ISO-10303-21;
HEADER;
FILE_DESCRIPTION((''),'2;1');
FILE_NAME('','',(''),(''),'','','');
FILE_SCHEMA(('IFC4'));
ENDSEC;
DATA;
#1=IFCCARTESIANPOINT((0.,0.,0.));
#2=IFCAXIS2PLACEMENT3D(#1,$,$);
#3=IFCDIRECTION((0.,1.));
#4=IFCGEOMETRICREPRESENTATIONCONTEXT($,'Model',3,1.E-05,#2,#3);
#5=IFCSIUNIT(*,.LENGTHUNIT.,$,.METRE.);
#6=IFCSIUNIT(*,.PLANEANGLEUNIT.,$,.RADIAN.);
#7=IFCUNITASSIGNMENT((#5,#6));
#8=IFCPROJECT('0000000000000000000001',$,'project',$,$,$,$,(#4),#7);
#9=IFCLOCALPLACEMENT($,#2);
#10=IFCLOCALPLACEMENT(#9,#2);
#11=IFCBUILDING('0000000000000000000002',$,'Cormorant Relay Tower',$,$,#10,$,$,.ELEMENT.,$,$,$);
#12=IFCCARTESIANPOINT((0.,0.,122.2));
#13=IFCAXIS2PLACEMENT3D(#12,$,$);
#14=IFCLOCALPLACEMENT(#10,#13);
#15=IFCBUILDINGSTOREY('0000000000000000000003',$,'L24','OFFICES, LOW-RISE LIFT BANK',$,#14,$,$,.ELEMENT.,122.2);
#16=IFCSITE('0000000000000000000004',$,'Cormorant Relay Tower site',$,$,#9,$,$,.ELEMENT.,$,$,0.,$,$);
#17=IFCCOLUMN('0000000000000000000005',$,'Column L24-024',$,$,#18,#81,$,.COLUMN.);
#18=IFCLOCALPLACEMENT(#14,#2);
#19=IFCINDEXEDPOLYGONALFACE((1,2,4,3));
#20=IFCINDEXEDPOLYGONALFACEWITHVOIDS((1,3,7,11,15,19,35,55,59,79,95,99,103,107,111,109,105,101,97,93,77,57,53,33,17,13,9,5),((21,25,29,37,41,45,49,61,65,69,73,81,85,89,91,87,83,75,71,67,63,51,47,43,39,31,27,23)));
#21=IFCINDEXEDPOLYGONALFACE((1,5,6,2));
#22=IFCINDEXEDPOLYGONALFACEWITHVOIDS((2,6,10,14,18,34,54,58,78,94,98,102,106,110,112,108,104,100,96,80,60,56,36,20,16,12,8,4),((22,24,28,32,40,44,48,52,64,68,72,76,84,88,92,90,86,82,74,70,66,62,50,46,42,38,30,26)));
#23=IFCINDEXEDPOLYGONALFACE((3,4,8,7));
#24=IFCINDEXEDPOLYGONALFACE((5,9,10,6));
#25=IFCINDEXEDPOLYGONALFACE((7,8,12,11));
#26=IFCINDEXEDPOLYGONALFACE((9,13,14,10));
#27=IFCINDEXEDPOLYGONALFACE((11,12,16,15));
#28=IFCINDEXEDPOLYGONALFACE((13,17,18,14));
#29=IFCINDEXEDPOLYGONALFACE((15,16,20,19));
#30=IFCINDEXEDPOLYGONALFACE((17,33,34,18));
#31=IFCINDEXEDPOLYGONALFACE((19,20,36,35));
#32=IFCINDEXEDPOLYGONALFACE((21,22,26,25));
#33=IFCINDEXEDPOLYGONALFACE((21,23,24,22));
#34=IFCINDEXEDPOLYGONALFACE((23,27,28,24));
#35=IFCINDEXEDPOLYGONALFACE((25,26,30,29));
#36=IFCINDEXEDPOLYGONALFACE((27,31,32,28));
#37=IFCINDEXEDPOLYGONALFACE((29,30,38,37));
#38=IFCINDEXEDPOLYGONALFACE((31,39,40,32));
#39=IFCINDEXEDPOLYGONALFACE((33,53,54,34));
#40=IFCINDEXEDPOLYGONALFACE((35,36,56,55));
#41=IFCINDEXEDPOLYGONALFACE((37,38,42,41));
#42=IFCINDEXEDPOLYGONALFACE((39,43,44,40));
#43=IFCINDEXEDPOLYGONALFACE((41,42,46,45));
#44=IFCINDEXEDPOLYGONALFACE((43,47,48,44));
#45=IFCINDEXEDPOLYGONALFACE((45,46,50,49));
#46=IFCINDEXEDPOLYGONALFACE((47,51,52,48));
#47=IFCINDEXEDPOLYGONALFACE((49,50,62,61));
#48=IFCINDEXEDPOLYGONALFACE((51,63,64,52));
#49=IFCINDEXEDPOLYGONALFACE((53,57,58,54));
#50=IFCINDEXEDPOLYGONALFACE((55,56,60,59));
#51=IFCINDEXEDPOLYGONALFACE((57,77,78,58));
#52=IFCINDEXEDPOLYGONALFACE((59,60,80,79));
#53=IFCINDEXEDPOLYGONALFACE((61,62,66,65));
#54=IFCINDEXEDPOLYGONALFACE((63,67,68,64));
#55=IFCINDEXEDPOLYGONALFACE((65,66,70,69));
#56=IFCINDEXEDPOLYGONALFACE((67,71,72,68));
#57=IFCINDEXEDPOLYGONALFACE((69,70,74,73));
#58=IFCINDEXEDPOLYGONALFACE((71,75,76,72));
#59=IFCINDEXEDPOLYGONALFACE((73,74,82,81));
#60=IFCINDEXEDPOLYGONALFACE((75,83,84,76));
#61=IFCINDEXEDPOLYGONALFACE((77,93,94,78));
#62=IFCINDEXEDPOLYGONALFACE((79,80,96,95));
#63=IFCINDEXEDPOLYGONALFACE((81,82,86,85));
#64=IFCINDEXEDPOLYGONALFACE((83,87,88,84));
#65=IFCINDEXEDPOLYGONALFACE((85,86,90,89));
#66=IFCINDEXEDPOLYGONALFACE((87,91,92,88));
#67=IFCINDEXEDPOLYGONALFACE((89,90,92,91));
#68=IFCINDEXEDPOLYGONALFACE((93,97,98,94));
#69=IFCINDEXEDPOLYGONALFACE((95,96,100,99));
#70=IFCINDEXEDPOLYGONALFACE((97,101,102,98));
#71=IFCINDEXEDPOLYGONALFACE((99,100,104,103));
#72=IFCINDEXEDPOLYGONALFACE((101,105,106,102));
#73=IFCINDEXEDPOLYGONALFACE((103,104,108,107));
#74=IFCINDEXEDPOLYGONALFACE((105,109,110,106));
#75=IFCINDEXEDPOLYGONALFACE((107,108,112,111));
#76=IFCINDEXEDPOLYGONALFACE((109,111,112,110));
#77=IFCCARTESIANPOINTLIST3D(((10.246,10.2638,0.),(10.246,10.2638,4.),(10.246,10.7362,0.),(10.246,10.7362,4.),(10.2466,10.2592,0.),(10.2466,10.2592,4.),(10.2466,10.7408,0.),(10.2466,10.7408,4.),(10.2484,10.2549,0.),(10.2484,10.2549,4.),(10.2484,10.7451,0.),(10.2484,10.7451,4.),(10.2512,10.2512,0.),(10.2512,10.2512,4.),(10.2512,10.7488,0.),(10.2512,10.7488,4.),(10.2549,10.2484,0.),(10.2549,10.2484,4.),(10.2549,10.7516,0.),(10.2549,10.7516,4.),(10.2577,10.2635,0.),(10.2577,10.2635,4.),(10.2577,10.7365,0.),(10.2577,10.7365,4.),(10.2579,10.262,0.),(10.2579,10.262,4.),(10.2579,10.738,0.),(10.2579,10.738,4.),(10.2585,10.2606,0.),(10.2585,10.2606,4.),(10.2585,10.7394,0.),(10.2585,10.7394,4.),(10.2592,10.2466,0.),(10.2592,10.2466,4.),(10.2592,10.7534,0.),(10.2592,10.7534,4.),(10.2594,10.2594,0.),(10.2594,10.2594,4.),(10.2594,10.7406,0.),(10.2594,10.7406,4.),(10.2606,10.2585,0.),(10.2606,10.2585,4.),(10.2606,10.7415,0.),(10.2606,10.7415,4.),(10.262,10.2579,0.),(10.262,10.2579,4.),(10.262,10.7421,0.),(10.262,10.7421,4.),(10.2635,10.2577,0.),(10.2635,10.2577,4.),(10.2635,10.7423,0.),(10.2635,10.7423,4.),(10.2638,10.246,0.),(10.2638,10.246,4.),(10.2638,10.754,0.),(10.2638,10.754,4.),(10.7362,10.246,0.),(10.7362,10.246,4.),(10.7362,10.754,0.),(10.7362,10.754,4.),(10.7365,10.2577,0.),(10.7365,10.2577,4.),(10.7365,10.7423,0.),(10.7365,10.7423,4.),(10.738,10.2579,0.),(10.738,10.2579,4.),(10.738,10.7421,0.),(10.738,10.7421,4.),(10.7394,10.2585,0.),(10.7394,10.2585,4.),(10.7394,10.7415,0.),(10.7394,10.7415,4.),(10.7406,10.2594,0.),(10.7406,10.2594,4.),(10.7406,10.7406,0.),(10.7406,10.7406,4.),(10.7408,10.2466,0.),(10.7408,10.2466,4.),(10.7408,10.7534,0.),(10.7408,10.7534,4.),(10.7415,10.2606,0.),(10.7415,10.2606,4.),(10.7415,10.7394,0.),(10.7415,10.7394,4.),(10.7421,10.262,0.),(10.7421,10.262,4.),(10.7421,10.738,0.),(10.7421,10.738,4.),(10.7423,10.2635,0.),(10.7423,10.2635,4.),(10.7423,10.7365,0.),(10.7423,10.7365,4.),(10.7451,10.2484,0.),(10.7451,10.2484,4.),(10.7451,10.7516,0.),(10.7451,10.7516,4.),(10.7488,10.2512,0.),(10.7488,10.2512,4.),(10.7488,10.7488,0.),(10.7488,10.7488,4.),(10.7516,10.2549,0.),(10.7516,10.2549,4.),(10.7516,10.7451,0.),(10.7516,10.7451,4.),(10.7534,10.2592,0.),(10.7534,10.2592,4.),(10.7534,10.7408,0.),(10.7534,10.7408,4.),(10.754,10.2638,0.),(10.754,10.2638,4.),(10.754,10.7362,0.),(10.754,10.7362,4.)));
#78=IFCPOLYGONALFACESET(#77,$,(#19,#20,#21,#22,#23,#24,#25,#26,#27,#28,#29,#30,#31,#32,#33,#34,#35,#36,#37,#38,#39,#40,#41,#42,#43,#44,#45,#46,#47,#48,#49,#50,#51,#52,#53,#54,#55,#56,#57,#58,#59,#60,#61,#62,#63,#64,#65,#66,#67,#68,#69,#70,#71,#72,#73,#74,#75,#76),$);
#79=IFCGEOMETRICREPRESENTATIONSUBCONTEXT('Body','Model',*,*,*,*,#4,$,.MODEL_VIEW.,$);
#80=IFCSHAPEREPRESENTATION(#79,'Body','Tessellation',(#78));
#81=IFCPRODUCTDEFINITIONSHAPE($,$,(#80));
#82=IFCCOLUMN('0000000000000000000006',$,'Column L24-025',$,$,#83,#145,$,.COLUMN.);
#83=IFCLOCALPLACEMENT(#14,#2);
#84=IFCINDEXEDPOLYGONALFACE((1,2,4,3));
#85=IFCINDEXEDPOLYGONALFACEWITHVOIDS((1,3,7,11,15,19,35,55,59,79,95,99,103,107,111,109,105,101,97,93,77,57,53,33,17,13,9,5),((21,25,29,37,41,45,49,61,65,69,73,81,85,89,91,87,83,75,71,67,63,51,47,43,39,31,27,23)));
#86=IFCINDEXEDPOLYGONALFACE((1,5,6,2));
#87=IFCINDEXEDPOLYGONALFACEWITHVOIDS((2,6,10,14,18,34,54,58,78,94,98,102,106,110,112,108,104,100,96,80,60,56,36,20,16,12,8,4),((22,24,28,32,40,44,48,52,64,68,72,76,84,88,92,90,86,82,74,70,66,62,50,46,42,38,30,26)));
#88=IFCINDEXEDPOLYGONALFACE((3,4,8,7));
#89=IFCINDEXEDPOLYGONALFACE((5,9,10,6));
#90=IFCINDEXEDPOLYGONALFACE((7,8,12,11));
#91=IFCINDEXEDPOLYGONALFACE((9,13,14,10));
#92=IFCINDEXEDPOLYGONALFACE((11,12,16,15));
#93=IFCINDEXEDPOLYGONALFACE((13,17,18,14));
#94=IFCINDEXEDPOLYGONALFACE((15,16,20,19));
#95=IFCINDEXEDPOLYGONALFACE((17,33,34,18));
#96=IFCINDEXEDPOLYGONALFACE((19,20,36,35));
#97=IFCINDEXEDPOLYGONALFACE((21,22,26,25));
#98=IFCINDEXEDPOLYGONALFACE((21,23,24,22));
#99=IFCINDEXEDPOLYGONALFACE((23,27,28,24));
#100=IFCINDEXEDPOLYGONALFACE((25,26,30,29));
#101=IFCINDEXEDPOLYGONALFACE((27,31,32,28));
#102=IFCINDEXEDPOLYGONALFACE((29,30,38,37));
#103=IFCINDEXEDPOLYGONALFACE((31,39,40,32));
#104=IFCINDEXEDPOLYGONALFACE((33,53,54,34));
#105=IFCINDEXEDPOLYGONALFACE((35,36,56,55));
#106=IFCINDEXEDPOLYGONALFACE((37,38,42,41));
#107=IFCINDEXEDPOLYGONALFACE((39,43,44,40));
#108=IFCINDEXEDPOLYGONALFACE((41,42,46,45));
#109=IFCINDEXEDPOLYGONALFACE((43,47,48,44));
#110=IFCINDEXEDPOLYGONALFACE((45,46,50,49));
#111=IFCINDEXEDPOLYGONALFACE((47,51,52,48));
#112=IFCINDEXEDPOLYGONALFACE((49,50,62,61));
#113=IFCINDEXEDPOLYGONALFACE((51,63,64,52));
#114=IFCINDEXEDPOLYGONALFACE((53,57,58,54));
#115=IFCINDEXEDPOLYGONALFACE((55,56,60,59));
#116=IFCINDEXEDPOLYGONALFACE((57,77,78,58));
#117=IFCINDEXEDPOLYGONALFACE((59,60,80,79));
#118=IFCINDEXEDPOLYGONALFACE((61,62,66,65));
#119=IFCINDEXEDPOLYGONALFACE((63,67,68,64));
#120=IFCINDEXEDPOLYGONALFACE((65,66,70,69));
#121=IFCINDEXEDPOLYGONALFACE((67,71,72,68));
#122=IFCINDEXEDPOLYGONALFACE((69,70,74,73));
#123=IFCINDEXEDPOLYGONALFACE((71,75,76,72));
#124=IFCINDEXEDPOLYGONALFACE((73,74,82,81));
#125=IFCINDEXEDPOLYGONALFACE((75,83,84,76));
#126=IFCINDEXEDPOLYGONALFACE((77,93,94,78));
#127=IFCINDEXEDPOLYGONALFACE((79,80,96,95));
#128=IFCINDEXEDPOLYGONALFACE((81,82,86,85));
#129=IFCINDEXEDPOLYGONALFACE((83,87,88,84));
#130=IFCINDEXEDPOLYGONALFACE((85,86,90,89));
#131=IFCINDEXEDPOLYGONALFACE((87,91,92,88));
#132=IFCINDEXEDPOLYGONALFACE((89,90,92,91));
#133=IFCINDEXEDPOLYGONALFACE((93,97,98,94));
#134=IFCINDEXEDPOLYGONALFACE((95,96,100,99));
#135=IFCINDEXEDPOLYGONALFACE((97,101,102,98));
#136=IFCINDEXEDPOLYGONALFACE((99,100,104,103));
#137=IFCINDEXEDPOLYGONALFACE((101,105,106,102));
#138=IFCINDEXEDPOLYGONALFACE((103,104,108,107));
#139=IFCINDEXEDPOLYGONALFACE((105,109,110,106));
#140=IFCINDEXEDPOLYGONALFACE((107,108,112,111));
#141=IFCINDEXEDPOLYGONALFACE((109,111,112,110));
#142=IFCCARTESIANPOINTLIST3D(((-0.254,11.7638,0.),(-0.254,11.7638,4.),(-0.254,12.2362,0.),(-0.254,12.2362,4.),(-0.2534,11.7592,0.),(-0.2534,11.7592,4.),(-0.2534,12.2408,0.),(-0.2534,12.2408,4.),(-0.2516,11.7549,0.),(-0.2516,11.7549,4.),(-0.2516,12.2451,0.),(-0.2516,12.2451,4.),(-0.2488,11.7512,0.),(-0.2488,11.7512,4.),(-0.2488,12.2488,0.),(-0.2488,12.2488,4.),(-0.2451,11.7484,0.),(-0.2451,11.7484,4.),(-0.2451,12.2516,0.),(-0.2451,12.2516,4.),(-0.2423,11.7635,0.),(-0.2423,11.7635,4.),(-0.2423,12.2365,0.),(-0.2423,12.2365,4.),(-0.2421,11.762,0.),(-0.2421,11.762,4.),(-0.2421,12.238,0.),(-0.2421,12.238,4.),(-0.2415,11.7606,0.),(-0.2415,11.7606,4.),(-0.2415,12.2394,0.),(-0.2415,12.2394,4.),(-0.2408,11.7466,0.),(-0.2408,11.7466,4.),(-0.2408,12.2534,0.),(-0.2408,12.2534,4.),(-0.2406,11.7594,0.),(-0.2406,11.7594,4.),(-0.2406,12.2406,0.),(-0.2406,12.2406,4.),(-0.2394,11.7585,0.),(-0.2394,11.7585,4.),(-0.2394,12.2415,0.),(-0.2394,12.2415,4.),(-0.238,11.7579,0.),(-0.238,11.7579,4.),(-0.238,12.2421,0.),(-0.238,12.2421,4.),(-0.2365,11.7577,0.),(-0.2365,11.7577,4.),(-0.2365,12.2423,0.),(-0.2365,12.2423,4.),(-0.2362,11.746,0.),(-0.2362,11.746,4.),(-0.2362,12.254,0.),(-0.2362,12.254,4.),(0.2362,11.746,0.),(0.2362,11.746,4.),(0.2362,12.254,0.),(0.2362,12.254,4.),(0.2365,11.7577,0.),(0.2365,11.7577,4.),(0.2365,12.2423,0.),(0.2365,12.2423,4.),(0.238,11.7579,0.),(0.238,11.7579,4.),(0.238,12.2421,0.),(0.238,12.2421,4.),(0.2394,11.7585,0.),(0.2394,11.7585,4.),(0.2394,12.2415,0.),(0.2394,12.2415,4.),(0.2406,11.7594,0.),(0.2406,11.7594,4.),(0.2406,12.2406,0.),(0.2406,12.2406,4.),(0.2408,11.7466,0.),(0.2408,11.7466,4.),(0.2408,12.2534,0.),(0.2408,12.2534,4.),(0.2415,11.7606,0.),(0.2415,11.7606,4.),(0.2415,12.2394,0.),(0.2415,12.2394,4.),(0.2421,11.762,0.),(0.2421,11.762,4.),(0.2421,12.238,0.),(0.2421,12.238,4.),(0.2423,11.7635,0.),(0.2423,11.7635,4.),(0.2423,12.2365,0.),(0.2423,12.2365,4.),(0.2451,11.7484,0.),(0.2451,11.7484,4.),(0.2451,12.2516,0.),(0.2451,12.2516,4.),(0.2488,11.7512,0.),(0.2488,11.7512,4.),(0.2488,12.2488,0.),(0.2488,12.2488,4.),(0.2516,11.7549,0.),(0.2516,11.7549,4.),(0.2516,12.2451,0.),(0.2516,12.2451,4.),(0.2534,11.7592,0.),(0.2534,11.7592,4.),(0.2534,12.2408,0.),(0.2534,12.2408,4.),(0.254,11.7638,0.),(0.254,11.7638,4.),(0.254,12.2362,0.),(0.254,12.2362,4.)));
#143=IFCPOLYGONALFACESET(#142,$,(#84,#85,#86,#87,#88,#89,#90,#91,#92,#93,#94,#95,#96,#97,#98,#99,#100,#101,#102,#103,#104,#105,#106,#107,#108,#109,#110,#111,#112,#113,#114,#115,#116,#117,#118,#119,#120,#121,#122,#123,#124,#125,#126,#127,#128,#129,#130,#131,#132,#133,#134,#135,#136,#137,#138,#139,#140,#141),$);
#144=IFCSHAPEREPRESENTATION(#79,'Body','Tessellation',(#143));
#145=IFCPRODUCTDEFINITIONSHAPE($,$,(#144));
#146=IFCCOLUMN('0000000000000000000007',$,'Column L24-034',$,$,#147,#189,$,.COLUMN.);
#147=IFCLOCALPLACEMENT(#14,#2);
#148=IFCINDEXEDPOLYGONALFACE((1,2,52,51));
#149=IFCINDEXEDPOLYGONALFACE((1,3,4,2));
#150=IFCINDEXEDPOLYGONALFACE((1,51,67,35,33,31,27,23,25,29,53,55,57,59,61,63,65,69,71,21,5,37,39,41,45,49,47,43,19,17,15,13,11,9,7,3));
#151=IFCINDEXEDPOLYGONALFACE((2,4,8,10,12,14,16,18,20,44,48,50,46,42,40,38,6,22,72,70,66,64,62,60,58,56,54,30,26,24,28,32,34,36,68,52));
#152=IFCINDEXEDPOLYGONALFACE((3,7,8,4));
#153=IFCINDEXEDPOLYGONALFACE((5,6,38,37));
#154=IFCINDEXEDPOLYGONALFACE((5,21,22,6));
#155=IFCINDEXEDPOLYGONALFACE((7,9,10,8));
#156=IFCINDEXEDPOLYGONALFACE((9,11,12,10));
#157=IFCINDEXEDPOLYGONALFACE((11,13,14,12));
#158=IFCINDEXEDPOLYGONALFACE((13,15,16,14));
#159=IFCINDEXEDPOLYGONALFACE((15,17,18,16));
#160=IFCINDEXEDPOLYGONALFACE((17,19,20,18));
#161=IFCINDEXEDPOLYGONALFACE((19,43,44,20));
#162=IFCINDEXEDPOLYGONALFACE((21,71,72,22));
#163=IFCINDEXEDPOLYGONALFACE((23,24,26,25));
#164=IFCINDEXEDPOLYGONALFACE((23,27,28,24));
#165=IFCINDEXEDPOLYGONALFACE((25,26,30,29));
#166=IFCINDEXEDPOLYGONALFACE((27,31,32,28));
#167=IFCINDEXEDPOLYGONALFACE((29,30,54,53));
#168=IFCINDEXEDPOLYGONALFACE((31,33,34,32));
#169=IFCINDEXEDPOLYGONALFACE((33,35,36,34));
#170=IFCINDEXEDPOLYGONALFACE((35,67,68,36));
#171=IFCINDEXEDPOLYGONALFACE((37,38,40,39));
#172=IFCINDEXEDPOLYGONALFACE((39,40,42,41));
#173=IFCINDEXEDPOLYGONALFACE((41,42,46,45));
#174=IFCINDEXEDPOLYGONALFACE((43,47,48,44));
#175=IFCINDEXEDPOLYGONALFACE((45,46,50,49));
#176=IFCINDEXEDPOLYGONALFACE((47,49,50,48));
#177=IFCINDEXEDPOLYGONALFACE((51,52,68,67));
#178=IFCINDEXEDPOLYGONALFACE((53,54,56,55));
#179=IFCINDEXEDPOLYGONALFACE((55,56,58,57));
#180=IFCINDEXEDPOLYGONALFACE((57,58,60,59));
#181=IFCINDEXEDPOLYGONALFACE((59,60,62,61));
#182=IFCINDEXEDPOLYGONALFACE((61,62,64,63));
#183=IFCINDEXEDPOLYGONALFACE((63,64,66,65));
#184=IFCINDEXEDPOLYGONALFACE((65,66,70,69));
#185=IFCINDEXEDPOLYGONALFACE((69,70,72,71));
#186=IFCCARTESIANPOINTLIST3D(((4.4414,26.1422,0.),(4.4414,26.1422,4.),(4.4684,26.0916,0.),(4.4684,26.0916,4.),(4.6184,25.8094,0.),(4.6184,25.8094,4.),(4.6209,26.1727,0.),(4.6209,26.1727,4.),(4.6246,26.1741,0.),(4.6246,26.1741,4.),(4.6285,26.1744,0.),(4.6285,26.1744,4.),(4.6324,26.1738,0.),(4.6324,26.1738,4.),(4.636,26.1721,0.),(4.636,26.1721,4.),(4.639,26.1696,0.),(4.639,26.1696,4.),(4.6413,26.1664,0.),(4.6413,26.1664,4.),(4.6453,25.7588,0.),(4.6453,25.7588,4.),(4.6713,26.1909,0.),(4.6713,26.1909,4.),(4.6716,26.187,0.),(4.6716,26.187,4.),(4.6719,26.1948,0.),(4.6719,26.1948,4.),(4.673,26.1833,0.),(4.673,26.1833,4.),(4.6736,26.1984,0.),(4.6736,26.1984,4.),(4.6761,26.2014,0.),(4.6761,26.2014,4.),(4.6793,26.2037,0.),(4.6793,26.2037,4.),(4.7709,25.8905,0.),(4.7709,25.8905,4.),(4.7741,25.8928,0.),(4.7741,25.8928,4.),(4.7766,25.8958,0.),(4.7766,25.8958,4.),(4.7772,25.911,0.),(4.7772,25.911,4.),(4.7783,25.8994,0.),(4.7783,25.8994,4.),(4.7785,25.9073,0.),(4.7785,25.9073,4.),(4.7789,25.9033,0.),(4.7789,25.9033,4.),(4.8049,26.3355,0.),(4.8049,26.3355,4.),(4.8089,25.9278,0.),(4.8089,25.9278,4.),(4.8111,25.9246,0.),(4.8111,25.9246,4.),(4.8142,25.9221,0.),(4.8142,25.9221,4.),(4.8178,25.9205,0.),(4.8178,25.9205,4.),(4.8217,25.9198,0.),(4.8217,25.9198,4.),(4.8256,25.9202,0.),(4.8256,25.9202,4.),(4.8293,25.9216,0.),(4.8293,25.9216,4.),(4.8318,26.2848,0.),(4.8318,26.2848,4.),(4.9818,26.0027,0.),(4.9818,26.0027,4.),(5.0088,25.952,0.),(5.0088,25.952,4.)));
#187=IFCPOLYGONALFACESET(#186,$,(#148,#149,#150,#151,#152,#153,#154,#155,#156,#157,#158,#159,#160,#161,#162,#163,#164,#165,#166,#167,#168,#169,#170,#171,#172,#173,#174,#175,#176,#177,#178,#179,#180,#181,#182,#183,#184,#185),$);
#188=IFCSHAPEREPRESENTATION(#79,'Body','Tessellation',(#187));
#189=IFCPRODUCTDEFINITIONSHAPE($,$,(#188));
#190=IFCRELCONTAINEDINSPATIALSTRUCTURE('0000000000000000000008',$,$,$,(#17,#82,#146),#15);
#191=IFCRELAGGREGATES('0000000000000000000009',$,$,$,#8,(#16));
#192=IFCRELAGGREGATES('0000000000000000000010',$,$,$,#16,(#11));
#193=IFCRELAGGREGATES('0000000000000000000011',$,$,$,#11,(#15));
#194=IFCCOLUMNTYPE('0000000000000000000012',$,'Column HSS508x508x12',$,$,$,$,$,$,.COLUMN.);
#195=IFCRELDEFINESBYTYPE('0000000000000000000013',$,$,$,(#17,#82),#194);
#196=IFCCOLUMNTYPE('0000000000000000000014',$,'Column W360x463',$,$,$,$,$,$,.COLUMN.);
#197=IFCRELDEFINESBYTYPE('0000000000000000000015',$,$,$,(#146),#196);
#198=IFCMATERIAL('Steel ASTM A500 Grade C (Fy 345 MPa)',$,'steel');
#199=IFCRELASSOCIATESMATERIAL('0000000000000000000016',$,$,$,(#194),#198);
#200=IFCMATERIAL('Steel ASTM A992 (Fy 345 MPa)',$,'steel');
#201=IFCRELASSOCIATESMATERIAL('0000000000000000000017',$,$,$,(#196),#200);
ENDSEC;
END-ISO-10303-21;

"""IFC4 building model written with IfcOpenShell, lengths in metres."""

from ifc_helpers import new_model, si_unit, direction, frame, origin, origin_2d, place, context, subcontext, project, spatial, hollow_rectangle, i_section, extrude, material, material_profile, profile_set, type_object, element, save


model = new_model("IFC4")

# Units and contexts
model_context = context("Model", 3, precision=1e-05, world=origin(), true_north=direction((0.0, 1.0)))
body_context = subcontext(model_context, "Body", "Model", "MODEL_VIEW")
ifc_project = project(units=[si_unit("LENGTHUNIT", "METRE"), si_unit("PLANEANGLEUNIT", "RADIAN")], contexts=[model_context])

# Site, building, storey
site_placement = place(None, origin())
site = spatial("IfcSite", under=ifc_project, at=site_placement, Name="Cormorant Relay Tower site", CompositionType="ELEMENT", RefElevation=0.0)
building_placement = place(site_placement, origin())
building = spatial("IfcBuilding", under=site, at=building_placement, Name="Cormorant Relay Tower", CompositionType="ELEMENT")
storey_placement = place(building_placement, frame((0.0, 0.0, 122.2)))
storey = spatial("IfcBuildingStorey", under=building, at=storey_placement, Name="L24", Description="OFFICES, LOW-RISE LIFT BANK", CompositionType="ELEMENT", Elevation=122.2)

# Columns
ifc_material_1 = material(Name="Steel ASTM A500 Grade C (Fy 345 MPa)", Category="steel")
ifc_material_profile_1 = material_profile(ifc_material_1, hollow_rectangle(XDim=0.5081, YDim=0.5081, WallThickness=0.0117, InnerFilletRadius=0.0059, OuterFilletRadius=0.0178, at=origin_2d()), Name="HSS508x508x12")
ifc_profile_set_1 = profile_set([ifc_material_profile_1], Name="Steel ASTM A500 Grade C (Fy 345 MPa)")
column_type_1 = type_object("IfcColumnType", Name="Column HSS508x508x12", PredefinedType="COLUMN", material=ifc_profile_set_1)
for number, where, z_axis, x_axis, name in (
    (1, (10.5, 10.5, 0.0), (0.0, 0.0, 1.0), (1.0, 0.0, 0.0), "Column L24-024"),
    (2, (0.0, 12.0, 0.0), (0.0, 0.0, 1.0), (1.0, 0.0, 0.0), "Column L24-025"),
):
    element("IfcColumn", number, at=place(storey_placement, frame(where, z_axis=z_axis, x_axis=x_axis)), inside=storey, type_object=column_type_1, Name=name, PredefinedType="COLUMN", context=body_context, shape_type="SweptSolid", body=[
        extrude(hollow_rectangle(XDim=0.5081, YDim=0.5081, WallThickness=0.0117, InnerFilletRadius=0.0059, OuterFilletRadius=0.0178, at=origin_2d()), origin(), (0.0, 0.0, 1.0), 4.0),
    ])
ifc_material_2 = material(Name="Steel ASTM A992 (Fy 345 MPa)", Category="steel")
ifc_material_profile_2 = material_profile(ifc_material_2, i_section(OverallWidth=0.4116, OverallDepth=0.4343, WebThickness=0.0359, FlangeThickness=0.0574, FilletRadius=0.0151, at=origin_2d()), Name="W360x463")
ifc_profile_set_2 = profile_set([ifc_material_profile_2], Name="Steel ASTM A992 (Fy 345 MPa)")
column_type_2 = type_object("IfcColumnType", Name="Column W360x463", PredefinedType="COLUMN", material=ifc_profile_set_2)
for number, where, z_axis, x_axis, name in (
    (3, (4.7251, 26.0471, 0.0), (0.0, 0.0, 1.0), (-0.882948, -0.469472, 0.0), "Column L24-034"),
):
    element("IfcColumn", number, at=place(storey_placement, frame(where, z_axis=z_axis, x_axis=x_axis)), inside=storey, type_object=column_type_2, Name=name, PredefinedType="COLUMN", context=body_context, shape_type="SweptSolid", body=[
        extrude(i_section(OverallWidth=0.4116, OverallDepth=0.4343, WebThickness=0.0359, FlangeThickness=0.0574, FilletRadius=0.0151, at=origin_2d()), origin(), (0.0, 0.0, 1.0), 4.0),
    ])

save(model, "model.ifc")
